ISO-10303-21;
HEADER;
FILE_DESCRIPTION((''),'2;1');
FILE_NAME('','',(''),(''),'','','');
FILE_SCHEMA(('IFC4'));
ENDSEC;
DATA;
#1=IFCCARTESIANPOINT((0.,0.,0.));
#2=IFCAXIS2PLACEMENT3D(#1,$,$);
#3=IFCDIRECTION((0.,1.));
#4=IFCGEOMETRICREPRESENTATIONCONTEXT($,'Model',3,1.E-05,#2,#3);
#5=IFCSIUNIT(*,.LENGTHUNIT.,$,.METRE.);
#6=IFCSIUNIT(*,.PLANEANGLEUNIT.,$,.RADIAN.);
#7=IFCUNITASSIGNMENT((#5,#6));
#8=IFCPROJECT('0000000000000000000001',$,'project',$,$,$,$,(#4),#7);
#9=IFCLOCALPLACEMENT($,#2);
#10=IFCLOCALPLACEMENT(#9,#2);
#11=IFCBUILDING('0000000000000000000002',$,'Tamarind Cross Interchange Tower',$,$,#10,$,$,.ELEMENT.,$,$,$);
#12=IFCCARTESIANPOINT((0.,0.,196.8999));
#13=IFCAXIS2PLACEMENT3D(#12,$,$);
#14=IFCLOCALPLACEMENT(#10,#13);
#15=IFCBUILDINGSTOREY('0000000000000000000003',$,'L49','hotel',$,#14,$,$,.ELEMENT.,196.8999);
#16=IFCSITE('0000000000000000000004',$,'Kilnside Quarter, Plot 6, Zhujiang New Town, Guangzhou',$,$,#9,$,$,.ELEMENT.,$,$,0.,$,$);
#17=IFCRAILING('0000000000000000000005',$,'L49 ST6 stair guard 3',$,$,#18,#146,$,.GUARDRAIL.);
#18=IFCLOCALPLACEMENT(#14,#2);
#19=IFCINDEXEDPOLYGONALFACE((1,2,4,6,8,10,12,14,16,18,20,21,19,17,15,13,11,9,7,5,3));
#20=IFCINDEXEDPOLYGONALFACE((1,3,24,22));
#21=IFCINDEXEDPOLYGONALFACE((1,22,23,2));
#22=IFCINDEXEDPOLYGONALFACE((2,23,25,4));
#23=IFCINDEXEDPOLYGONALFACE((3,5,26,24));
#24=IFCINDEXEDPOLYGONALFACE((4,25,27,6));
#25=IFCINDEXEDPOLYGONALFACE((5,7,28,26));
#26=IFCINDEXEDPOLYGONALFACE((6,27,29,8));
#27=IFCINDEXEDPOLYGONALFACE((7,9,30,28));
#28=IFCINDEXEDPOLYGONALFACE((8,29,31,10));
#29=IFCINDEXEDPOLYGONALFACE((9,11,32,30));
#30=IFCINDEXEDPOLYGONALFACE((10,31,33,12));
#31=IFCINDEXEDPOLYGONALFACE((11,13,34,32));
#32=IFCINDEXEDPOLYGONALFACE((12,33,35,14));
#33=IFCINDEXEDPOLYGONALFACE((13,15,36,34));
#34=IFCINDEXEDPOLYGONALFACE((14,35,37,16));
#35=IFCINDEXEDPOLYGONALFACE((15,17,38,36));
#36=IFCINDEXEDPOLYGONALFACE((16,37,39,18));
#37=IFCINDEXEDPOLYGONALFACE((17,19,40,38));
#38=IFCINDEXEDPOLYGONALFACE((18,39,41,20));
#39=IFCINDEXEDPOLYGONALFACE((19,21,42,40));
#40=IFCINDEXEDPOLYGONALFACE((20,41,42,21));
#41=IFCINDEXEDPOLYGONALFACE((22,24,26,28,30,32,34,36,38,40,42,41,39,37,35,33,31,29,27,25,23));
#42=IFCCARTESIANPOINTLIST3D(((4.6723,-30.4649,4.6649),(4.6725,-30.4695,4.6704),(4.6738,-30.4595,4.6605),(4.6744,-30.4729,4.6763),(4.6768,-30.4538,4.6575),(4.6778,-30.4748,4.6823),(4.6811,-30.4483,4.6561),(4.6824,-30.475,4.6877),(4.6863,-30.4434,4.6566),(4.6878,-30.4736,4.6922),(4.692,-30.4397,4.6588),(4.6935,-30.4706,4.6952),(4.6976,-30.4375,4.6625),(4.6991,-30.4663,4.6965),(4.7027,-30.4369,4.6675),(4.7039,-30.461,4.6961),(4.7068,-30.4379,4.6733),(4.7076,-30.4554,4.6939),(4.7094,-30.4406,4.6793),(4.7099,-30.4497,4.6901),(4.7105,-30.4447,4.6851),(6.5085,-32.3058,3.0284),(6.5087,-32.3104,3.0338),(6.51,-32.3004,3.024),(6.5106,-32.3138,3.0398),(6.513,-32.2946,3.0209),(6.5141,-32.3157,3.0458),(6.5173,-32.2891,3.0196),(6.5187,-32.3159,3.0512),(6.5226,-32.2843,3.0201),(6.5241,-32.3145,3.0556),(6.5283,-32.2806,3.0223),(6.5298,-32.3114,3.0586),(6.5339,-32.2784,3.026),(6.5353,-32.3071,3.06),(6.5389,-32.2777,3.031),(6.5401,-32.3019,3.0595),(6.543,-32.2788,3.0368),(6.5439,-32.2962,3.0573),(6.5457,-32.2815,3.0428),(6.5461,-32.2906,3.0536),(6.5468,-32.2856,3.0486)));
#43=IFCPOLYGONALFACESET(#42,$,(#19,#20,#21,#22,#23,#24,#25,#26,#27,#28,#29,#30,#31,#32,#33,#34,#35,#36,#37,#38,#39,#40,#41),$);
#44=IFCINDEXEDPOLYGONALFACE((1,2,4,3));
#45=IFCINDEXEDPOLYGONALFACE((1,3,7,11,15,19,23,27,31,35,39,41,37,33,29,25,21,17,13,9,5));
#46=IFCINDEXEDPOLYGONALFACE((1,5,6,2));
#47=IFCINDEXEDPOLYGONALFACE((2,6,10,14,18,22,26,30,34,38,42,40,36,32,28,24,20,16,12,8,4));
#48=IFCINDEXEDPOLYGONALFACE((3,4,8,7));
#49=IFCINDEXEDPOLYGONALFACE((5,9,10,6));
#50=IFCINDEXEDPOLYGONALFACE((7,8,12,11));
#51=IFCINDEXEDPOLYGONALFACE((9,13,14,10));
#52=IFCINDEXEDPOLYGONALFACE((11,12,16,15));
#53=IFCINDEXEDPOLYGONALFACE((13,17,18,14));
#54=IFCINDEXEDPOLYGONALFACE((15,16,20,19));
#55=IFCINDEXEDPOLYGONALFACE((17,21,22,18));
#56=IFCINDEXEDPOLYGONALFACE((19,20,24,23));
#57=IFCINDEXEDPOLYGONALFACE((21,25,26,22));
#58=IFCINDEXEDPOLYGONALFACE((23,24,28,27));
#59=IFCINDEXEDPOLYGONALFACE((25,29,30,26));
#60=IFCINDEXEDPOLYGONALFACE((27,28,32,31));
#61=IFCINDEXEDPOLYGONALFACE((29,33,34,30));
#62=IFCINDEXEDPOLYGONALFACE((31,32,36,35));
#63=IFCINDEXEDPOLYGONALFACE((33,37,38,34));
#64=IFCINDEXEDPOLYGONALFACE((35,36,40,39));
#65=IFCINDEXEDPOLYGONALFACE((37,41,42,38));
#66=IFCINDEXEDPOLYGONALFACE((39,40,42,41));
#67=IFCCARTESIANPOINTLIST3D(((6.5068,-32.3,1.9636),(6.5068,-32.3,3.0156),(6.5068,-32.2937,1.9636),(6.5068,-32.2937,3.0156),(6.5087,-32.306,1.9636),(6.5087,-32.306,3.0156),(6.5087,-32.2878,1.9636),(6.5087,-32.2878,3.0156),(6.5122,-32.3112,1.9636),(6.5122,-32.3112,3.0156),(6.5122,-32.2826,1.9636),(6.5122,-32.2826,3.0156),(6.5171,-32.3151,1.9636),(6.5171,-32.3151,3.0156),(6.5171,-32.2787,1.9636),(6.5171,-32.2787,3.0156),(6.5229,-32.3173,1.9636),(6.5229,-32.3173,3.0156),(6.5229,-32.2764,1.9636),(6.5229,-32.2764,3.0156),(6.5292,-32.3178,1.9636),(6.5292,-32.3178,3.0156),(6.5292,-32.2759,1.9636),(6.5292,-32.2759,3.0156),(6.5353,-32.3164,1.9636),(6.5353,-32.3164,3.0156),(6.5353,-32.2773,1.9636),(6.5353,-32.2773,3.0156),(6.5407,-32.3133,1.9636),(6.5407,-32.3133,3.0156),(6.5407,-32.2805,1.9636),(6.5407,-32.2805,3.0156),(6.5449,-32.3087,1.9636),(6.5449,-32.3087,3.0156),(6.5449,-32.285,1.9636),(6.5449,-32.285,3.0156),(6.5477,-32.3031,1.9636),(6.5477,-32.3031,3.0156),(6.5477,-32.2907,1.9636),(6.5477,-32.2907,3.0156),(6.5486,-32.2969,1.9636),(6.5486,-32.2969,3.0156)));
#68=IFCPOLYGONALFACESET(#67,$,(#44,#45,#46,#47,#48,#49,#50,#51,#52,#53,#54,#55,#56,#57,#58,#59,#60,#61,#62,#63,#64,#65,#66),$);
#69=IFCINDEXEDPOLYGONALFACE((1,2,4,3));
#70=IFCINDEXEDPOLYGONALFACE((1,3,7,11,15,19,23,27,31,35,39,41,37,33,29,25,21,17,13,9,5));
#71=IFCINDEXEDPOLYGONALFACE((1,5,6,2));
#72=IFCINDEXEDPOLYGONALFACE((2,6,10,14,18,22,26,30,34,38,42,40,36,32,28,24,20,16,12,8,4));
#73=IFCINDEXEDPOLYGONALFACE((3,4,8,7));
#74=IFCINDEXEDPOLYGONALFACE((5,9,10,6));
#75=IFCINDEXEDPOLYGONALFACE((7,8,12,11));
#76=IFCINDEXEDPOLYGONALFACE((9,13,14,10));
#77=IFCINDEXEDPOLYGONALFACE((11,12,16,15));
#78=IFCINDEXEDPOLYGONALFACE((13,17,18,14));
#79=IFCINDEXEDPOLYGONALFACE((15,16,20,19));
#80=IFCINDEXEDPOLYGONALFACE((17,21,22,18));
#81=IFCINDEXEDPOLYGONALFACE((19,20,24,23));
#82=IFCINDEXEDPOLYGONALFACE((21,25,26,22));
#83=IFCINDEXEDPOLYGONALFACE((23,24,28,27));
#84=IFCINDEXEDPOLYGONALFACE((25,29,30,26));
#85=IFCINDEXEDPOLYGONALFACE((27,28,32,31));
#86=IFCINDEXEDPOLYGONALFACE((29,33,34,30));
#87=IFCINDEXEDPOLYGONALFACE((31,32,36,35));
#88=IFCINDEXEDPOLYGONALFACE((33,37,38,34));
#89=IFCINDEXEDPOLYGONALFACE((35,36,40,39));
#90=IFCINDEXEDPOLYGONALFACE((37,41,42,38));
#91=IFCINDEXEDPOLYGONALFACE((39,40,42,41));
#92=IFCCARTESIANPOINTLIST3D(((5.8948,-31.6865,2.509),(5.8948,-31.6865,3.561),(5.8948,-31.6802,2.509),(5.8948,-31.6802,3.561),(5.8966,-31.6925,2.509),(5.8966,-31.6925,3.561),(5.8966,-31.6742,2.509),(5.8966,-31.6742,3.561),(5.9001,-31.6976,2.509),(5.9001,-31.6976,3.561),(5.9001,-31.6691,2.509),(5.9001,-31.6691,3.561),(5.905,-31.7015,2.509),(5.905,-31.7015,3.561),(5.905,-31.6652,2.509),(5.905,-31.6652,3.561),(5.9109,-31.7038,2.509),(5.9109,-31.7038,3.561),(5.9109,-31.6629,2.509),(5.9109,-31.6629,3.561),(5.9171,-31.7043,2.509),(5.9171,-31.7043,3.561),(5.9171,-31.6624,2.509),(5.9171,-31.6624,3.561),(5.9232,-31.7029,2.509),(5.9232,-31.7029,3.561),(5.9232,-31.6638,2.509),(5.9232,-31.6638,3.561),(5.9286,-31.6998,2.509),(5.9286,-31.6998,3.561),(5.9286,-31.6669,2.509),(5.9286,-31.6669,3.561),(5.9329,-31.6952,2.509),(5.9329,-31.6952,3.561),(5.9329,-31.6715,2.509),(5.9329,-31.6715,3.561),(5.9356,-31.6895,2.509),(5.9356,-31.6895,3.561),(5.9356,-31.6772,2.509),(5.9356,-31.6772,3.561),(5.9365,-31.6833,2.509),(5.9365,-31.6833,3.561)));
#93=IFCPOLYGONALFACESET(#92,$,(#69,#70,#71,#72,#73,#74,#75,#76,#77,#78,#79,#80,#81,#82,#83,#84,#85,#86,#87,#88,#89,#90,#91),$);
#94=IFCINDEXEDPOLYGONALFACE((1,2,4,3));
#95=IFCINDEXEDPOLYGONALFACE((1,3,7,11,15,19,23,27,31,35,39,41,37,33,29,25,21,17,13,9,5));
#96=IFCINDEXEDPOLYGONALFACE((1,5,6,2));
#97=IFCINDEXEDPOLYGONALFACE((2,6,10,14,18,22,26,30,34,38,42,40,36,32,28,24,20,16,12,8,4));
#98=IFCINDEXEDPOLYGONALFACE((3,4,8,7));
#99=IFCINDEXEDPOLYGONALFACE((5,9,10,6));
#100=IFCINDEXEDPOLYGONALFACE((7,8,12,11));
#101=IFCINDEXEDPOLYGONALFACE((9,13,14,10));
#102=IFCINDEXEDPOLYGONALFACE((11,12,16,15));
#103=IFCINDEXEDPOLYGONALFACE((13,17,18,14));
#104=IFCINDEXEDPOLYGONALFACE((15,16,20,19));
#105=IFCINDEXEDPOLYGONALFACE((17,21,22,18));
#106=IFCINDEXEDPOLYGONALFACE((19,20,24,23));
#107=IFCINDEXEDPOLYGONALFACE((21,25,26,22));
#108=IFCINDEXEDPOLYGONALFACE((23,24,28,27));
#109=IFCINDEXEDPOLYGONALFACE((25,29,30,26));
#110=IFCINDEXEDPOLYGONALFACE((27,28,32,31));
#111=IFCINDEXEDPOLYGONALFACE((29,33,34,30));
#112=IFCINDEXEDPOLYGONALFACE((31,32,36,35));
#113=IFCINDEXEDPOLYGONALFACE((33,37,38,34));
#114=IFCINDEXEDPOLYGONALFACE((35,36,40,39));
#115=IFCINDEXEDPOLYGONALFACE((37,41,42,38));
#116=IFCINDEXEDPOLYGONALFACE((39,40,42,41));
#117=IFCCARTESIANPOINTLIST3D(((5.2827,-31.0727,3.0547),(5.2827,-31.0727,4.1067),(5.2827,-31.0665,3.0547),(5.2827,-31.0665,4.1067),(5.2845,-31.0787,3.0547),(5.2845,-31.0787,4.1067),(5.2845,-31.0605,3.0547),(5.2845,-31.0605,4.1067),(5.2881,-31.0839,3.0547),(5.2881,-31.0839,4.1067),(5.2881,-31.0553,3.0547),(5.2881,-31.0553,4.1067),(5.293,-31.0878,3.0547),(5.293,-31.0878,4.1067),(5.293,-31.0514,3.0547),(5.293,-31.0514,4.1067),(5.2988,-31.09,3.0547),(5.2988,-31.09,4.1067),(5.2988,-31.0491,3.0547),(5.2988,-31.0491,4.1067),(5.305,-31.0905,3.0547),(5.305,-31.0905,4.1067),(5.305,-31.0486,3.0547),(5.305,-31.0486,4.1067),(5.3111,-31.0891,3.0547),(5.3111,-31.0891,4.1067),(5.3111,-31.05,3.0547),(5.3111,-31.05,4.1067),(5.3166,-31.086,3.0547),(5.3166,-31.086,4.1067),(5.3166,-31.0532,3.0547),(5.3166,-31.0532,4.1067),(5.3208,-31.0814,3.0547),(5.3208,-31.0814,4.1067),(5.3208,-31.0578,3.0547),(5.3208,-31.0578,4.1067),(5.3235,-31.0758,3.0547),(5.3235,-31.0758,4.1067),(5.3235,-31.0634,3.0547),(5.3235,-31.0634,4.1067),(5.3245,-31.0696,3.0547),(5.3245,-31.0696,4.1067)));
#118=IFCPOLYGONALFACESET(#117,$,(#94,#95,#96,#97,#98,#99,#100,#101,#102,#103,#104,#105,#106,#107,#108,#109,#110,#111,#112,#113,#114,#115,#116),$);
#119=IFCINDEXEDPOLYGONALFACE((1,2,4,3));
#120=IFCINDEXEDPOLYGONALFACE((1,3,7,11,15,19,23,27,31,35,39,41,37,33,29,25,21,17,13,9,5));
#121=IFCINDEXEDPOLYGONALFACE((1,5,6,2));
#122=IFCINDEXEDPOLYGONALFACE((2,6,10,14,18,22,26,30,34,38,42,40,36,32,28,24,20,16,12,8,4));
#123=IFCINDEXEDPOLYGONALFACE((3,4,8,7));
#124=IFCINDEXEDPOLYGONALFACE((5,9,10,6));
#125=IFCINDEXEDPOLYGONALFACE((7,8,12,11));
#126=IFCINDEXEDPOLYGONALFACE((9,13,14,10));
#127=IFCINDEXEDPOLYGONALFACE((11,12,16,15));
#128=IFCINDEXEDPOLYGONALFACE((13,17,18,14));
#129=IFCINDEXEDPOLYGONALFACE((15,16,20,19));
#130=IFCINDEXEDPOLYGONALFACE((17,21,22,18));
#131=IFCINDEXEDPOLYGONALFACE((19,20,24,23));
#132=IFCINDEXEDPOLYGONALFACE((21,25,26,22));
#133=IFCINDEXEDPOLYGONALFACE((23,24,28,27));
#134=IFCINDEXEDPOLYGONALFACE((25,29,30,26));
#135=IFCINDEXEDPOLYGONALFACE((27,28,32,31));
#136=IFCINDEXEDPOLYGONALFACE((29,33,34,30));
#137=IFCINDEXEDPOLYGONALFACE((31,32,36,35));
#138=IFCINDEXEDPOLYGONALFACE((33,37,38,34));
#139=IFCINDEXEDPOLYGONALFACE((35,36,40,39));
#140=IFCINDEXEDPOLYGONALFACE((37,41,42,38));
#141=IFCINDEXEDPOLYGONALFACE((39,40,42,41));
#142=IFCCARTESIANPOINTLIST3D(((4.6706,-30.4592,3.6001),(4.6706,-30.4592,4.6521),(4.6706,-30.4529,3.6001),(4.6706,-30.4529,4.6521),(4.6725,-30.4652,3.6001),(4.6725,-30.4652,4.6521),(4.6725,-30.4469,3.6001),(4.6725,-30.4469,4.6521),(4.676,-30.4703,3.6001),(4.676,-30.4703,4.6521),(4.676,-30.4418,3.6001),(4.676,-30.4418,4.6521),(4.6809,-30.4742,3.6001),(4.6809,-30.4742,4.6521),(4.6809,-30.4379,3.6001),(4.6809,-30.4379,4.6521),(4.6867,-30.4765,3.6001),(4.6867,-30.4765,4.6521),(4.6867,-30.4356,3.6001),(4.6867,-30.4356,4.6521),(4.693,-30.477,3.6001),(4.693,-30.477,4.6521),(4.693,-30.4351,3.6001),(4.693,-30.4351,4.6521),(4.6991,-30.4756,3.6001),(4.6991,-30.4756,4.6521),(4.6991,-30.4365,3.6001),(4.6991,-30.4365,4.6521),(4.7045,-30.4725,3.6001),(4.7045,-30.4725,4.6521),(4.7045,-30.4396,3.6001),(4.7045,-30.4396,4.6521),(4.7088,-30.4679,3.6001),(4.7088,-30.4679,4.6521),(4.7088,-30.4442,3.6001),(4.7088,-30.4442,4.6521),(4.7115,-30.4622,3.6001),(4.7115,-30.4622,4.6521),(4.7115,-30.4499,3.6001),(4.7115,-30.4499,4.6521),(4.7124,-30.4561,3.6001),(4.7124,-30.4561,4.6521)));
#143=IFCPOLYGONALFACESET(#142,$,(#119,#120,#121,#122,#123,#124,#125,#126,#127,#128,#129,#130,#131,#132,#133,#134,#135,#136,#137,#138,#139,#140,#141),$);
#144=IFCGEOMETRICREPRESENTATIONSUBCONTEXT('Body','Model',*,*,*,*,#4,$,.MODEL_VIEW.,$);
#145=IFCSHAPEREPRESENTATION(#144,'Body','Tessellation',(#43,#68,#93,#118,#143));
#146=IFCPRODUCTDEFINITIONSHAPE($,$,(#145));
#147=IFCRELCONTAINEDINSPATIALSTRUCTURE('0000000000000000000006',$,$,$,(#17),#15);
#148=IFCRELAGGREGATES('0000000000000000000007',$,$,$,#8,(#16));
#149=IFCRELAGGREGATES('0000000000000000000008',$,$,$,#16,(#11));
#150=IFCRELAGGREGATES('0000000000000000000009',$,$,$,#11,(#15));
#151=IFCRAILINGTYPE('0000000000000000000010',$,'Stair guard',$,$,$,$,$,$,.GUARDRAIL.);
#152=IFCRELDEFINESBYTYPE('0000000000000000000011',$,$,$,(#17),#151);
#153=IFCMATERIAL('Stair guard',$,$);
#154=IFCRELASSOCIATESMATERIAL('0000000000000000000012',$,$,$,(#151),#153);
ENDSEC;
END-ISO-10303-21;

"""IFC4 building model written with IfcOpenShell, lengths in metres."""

from ifc_helpers import new_model, si_unit, direction, frame, origin, origin_2d, place, context, subcontext, project, spatial, circle, extrude, material, type_object, element, save


model = new_model("IFC4")

# Units and contexts
model_context = context("Model", 3, precision=1e-05, world=origin(), true_north=direction((0.0, 1.0)))
body_context = subcontext(model_context, "Body", "Model", "MODEL_VIEW")
ifc_project = project(units=[si_unit("LENGTHUNIT", "METRE"), si_unit("PLANEANGLEUNIT", "RADIAN")], contexts=[model_context])

# Site, building, storey
site_placement = place(None, origin())
site = spatial("IfcSite", under=ifc_project, at=site_placement, Name="Kilnside Quarter, Plot 6, Zhujiang New Town, Guangzhou", CompositionType="ELEMENT", RefElevation=0.0)
building_placement = place(site_placement, origin())
building = spatial("IfcBuilding", under=site, at=building_placement, Name="Tamarind Cross Interchange Tower", CompositionType="ELEMENT")
storey_placement = place(building_placement, frame((0.0, 0.0, 196.8999)))
storey = spatial("IfcBuildingStorey", under=building, at=storey_placement, Name="L49", Description="hotel", CompositionType="ELEMENT", Elevation=196.8999)

# Railing
ifc_material_1 = material(Name="Stair guard")
railing_type_1 = type_object("IfcRailingType", Name="Stair guard", PredefinedType="GUARDRAIL", material=ifc_material_1)
railing_1_placement = place(storey_placement, frame((6.5276, -32.2969, 1.9636)))
element("IfcRailing", 1, at=railing_1_placement, inside=storey, type_object=railing_type_1, Name="L49 ST6 stair guard 3", PredefinedType="GUARDRAIL", context=body_context, shape_type="SweptSolid", body=[
    extrude(circle(Radius=0.0239, at=origin_2d()), frame((0.0, 0.0, 1.0762), z_axis=(-0.597682, 0.599192, 0.532677), x_axis=(-0.707998, -0.706214, 0.0)), (0.0, 0.0, 1.0), 3.0723),
    extrude(circle(Radius=0.021, at=origin_2d()), origin(), (0.0, 0.0, 1.0), 1.052),
    extrude(circle(Radius=0.021, at=origin_2d()), frame((-0.6121, 0.6135, 0.5454)), (0.0, 0.0, 1.0), 1.052),
    extrude(circle(Radius=0.021, at=origin_2d()), frame((-1.2241, 1.2273, 1.0911)), (0.0, 0.0, 1.0), 1.052),
    extrude(circle(Radius=0.021, at=origin_2d()), frame((-1.8362, 1.8408, 1.6365)), (0.0, 0.0, 1.0), 1.052),
])

save(model, "model.ifc")
